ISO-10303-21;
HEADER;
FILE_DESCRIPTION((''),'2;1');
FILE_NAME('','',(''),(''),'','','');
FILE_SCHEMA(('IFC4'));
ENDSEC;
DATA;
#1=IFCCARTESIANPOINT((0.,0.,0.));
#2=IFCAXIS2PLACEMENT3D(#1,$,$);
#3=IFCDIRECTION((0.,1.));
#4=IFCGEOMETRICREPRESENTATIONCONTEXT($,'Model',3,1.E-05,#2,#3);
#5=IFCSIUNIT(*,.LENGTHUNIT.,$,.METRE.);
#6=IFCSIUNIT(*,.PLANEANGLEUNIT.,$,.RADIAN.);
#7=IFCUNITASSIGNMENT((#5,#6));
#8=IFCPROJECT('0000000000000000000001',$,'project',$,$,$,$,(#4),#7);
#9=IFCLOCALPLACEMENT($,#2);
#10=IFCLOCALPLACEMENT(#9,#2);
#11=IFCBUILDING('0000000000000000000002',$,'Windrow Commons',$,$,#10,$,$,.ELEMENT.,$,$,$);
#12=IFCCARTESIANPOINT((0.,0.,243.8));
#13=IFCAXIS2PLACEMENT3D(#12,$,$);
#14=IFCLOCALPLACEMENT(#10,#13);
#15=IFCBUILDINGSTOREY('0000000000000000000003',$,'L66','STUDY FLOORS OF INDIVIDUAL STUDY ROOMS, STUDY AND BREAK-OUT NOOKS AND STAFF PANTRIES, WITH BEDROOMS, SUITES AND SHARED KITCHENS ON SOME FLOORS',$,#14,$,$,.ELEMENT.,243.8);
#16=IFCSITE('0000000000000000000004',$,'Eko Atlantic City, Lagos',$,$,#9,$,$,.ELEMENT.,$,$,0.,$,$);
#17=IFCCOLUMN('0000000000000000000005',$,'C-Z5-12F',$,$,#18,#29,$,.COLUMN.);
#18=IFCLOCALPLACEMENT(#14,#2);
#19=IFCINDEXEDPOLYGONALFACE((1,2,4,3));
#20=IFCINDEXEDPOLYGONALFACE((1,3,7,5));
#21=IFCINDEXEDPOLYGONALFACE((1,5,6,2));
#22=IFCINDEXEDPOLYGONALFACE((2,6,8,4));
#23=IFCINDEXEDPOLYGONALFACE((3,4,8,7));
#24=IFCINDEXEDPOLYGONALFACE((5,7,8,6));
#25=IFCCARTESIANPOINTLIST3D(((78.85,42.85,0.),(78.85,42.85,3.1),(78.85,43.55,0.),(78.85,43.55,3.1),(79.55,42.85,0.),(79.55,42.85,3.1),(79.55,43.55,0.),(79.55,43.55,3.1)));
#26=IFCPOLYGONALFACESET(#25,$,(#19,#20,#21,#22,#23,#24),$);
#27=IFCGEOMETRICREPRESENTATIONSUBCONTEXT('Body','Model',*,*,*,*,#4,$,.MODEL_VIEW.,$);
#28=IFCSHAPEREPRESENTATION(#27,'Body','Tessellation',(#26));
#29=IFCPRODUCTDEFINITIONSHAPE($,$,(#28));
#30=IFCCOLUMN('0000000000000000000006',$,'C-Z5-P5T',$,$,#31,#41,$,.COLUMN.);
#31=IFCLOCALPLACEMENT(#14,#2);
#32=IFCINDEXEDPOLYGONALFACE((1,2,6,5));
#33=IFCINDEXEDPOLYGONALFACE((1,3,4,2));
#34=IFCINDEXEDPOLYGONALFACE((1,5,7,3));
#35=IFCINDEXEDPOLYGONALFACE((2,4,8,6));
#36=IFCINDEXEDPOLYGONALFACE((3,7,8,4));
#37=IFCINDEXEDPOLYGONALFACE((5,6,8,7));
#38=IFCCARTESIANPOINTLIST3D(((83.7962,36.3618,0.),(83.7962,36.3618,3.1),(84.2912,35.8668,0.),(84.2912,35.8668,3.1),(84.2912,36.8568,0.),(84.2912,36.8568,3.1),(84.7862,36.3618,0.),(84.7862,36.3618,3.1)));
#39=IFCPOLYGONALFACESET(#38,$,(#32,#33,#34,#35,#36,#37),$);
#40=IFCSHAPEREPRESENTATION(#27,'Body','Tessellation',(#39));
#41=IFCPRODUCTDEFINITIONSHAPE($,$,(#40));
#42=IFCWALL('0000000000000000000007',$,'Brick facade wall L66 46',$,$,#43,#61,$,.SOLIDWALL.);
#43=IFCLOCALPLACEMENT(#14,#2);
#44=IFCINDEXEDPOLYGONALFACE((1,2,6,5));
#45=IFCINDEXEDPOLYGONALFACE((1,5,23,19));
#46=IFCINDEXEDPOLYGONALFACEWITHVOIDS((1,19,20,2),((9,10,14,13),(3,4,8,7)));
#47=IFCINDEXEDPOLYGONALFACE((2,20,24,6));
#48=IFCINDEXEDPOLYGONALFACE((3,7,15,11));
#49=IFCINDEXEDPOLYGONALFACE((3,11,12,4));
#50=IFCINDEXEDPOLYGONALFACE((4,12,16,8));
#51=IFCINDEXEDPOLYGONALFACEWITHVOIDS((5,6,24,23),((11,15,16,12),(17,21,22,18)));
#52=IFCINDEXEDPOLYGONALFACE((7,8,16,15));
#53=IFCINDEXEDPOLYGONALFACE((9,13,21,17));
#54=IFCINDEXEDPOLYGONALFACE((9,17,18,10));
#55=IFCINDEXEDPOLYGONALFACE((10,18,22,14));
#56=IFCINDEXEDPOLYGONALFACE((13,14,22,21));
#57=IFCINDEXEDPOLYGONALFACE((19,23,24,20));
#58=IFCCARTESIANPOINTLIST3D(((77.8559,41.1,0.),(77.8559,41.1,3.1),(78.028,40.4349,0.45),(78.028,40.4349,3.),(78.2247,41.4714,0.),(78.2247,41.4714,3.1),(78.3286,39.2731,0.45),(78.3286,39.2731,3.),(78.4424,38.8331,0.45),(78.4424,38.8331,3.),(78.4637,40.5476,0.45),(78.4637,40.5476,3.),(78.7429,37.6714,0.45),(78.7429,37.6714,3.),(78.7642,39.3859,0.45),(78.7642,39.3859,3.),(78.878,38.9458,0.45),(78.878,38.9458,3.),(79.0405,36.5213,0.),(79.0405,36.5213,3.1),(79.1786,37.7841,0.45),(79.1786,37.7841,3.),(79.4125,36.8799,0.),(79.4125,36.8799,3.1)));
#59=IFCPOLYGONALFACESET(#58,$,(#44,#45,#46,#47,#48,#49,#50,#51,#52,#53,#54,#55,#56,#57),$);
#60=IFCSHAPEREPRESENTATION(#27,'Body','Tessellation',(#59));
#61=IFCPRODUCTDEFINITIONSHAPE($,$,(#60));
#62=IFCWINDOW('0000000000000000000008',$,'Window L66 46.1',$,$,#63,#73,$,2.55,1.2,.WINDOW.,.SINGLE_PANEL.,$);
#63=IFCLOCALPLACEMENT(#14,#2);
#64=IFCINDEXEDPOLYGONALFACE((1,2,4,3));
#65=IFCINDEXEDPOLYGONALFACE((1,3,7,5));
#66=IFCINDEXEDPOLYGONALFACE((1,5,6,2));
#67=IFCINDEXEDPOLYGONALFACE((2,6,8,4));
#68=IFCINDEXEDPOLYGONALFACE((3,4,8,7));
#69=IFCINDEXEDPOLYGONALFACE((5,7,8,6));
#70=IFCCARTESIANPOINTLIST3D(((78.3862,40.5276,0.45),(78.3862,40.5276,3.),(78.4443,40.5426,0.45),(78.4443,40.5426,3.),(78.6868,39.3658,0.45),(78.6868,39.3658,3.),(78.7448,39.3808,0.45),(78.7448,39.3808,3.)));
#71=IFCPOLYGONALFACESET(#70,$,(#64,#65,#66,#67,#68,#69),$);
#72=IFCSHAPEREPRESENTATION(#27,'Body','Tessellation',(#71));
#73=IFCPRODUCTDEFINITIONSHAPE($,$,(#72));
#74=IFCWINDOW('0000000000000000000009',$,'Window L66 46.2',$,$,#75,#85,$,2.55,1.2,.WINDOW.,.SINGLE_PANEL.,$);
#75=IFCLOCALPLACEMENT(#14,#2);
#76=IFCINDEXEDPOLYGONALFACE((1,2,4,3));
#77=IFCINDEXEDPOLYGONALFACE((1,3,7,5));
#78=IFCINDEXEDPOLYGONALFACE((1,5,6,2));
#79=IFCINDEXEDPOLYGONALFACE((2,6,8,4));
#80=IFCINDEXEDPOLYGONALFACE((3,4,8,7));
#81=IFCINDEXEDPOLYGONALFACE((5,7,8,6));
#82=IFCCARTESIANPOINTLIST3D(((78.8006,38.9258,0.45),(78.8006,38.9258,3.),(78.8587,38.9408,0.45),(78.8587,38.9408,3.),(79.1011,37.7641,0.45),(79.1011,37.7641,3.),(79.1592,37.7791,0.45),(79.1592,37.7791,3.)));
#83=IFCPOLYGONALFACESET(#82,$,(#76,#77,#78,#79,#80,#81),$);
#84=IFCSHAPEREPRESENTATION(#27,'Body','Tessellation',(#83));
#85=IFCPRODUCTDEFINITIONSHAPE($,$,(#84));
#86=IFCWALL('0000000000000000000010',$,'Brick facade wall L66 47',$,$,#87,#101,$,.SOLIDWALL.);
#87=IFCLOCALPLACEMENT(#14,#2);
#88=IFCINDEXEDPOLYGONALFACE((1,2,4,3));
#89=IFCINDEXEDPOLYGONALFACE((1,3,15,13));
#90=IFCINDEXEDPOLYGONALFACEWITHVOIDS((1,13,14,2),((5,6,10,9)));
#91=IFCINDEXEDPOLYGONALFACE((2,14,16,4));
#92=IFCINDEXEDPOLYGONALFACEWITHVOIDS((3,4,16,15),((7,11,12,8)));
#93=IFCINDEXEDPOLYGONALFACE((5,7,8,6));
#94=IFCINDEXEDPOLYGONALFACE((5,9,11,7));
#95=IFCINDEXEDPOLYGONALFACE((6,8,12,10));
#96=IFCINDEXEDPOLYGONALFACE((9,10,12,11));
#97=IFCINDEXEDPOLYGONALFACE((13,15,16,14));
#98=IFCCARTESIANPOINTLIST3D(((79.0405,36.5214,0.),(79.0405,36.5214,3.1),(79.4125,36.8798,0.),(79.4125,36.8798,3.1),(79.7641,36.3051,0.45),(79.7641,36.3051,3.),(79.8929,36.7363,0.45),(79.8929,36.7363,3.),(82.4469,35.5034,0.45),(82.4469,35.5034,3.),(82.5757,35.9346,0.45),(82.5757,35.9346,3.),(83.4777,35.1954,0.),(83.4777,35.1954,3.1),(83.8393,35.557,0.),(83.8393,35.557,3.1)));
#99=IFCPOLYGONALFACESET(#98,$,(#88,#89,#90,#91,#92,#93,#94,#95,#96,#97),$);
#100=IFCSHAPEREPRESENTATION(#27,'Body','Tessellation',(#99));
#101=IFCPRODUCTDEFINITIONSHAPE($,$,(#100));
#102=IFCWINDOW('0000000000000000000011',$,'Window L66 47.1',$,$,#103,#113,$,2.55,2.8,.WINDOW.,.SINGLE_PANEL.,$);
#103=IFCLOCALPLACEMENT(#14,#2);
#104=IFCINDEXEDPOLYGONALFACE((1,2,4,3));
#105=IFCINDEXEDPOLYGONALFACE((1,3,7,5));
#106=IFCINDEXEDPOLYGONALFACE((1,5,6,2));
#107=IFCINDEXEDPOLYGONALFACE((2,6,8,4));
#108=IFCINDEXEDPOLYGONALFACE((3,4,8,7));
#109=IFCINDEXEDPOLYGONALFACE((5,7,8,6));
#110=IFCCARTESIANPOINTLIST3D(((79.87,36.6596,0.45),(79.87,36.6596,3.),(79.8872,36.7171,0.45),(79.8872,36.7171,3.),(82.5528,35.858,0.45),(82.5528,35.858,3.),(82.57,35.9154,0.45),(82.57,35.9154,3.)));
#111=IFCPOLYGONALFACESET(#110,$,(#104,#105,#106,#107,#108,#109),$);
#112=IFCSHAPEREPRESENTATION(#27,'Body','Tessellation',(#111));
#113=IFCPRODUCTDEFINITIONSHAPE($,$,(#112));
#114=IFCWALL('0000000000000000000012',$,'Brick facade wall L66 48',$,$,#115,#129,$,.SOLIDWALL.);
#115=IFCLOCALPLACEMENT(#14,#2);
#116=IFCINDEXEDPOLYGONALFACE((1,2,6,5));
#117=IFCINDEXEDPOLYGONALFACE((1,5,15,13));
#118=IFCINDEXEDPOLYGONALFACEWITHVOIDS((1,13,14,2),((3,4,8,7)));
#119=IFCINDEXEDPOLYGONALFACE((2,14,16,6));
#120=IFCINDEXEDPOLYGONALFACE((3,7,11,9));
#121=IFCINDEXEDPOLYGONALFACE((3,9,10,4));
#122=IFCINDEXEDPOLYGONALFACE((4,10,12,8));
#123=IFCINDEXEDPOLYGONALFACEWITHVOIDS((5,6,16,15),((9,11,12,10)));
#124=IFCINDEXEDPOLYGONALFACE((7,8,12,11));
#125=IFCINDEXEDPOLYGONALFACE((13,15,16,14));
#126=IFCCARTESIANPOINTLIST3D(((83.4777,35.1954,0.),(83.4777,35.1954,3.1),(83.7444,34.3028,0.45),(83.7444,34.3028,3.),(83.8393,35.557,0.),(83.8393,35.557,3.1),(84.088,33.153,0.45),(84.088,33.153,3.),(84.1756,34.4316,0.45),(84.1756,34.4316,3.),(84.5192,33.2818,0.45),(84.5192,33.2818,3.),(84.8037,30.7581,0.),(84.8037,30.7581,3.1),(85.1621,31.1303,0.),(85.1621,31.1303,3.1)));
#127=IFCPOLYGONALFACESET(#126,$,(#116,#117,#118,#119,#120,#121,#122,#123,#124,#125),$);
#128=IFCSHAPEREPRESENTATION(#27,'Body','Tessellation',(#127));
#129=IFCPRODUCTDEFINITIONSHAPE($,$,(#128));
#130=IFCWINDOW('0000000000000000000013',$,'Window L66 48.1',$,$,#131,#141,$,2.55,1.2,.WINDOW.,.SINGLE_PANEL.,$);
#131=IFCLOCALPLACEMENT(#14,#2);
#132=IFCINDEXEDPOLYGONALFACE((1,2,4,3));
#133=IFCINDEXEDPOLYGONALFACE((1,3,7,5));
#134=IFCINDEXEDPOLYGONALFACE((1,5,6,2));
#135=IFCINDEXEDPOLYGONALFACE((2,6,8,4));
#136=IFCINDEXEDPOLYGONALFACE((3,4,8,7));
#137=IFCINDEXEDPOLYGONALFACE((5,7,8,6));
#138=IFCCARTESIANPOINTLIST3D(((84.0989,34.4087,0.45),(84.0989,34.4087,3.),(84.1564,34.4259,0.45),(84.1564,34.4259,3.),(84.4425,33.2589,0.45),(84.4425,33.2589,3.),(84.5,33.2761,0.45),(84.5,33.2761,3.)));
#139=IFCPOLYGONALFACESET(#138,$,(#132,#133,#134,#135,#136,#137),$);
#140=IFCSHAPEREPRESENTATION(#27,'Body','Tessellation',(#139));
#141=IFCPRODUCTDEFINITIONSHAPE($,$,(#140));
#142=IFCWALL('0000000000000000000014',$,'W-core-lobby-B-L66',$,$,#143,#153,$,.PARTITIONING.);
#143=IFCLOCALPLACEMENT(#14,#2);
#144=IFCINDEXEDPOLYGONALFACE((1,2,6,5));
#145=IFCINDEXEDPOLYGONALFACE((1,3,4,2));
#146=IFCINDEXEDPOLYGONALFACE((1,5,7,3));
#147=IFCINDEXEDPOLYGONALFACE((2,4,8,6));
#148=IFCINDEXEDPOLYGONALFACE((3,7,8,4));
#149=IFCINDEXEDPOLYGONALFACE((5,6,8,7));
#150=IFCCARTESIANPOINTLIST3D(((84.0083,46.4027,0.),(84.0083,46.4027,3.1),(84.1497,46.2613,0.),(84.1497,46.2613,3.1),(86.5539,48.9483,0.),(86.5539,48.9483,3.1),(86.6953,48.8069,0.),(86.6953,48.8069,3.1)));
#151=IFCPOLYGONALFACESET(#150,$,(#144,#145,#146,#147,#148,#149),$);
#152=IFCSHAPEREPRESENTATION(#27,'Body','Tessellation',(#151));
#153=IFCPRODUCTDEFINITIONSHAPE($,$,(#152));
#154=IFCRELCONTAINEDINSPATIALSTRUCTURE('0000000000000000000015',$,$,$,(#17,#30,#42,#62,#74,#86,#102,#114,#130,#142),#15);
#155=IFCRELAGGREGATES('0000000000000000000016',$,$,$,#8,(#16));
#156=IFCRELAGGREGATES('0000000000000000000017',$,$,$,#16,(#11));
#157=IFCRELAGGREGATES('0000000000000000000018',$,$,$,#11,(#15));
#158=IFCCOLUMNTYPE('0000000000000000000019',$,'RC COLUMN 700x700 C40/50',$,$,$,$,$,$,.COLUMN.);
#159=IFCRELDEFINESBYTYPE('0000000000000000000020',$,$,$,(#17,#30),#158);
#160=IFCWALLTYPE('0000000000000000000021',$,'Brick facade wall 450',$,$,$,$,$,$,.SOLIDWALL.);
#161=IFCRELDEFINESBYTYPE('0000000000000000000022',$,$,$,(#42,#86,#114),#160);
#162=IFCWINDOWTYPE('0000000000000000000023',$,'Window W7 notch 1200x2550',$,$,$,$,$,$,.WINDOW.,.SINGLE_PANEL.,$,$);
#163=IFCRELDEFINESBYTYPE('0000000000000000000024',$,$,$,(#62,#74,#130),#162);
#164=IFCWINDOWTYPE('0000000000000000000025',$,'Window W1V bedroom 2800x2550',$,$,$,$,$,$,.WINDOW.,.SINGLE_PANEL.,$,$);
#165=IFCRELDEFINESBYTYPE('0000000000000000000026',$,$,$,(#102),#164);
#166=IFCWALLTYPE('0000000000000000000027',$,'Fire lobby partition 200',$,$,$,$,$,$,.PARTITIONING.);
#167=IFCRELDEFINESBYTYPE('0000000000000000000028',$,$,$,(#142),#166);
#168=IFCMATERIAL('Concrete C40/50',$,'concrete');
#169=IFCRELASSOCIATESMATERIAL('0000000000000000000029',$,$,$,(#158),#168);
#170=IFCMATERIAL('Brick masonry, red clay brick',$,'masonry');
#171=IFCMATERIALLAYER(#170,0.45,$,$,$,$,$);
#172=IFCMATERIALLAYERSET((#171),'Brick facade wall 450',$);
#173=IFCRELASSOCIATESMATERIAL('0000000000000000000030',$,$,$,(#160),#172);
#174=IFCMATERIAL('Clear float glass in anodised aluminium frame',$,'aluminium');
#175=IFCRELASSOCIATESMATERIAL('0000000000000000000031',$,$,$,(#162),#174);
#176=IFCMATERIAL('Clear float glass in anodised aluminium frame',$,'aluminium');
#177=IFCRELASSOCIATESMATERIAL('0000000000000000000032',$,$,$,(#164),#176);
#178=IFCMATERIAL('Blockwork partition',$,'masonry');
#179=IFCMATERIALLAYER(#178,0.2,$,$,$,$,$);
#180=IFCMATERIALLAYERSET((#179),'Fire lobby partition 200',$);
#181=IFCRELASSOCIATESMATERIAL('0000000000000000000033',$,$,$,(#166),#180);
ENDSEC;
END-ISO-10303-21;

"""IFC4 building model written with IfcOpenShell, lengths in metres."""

from ifc_helpers import new_model, si_unit, direction, frame, frame_2d, origin, origin_2d, place, context, subcontext, project, spatial, polyline, rectangle, outline, extrude, material, layer, layer_set, material_profile, profile_set, type_object, element, fill, save


model = new_model("IFC4")

# Units and contexts
model_context = context("Model", 3, precision=1e-05, world=origin(), true_north=direction((0.0, 1.0)))
body_context = subcontext(model_context, "Body", "Model", "MODEL_VIEW")
ifc_project = project(units=[si_unit("LENGTHUNIT", "METRE"), si_unit("PLANEANGLEUNIT", "RADIAN")], contexts=[model_context])

# Site, building, storey
site_placement = place(None, origin())
site = spatial("IfcSite", under=ifc_project, at=site_placement, Name="Eko Atlantic City, Lagos", CompositionType="ELEMENT", RefElevation=0.0)
building_placement = place(site_placement, origin())
building = spatial("IfcBuilding", under=site, at=building_placement, Name="Windrow Commons", CompositionType="ELEMENT")
storey_placement = place(building_placement, frame((0.0, 0.0, 243.8)))
storey = spatial("IfcBuildingStorey", under=building, at=storey_placement, Name="L66", Description="STUDY FLOORS OF INDIVIDUAL STUDY ROOMS, STUDY AND BREAK-OUT NOOKS AND STAFF PANTRIES, WITH BEDROOMS, SUITES AND SHARED KITCHENS ON SOME FLOORS", CompositionType="ELEMENT", Elevation=243.8)

# Columns
ifc_material_1 = material(Name="Concrete C40/50", Category="concrete")
ifc_material_profile = material_profile(ifc_material_1, rectangle(XDim=0.7, YDim=0.7, at=origin_2d()))
ifc_profile_set = profile_set([ifc_material_profile], Name="Concrete C40/50")
column_type = type_object("IfcColumnType", Name="RC COLUMN 700x700 C40/50", PredefinedType="COLUMN", material=ifc_profile_set)
for number, where, z_axis, x_axis, name in (
    (1, (79.2, 43.2, 0.0), (0.0, 0.0, 1.0), (1.0, 0.0, 0.0), "C-Z5-12F"),
    (2, (84.2912, 36.3618, 0.0), (0.0, 0.0, 1.0), (0.707107, -0.707107, 0.0), "C-Z5-P5T"),
):
    element("IfcColumn", number, at=place(storey_placement, frame(where, z_axis=z_axis, x_axis=x_axis)), inside=storey, type_object=column_type, Name=name, PredefinedType="COLUMN", context=body_context, shape_type="SweptSolid", body=[
        extrude(rectangle(XDim=0.7, YDim=0.7, at=origin_2d()), origin(), (0.0, 0.0, 1.0), 3.1),
    ])

# Wall, openings, windows
ifc_material_2 = material(Name="Brick masonry, red clay brick", Category="masonry")
ifc_layer_1 = layer(ifc_material_2, 0.45)
ifc_layer_set_1 = layer_set([ifc_layer_1], Name="Brick facade wall 450")
wall_type_1 = type_object("IfcWallType", Name="Brick facade wall 450", PredefinedType="SOLIDWALL", material=ifc_layer_set_1)
wall_1_placement = place(storey_placement, frame((78.0403, 41.2857, 0.0), z_axis=(0.0, 0.0, 1.0), x_axis=(0.250462, -0.968127, 0.0)))
wall_1 = element("IfcWall", 3, at=wall_1_placement, inside=storey, type_object=wall_type_1, Name="Brick facade wall L66 46", PredefinedType="SOLIDWALL", context=body_context, shape_type="SweptSolid", body=[
    extrude(outline(polyline([(0.1336, -0.225), (4.863, -0.225), (4.6091, 0.225), (-0.1336, 0.225), (0.1336, -0.225)])), origin(), (0.0, 0.0, 1.0), 3.1),
])
opening_1_placement = place(wall_1_placement, frame((0.8206, 0.0, 0.45)))
opening_1 = element("IfcOpeningElement", 4, at=opening_1_placement, cuts=wall_1, PredefinedType="OPENING", context=body_context, shape_type="SweptSolid", body=[
    extrude(rectangle(XDim=1.2, YDim=2.55, at=frame_2d((0.6, 1.275))), frame((0.0, 0.235, 0.0), z_axis=(0.0, -1.0, 0.0), x_axis=(1.0, 0.0, 0.0)), (0.0, 0.0, 1.0), 0.47),
])
opening_2_placement = place(wall_1_placement, frame((2.4751, 0.0, 0.45)))
opening_2 = element("IfcOpeningElement", 5, at=opening_2_placement, cuts=wall_1, PredefinedType="OPENING", context=body_context, shape_type="SweptSolid", body=[
    extrude(rectangle(XDim=1.2, YDim=2.55, at=frame_2d((0.6, 1.275))), frame((0.0, 0.235, 0.0), z_axis=(0.0, -1.0, 0.0), x_axis=(1.0, 0.0, 0.0)), (0.0, 0.0, 1.0), 0.47),
])
ifc_material_3 = material(Name="Clear float glass in anodised aluminium frame", Category="aluminium")
window_type_1 = type_object("IfcWindowType", Name="Window W7 notch 1200x2550", PartitioningType="SINGLE_PANEL", PredefinedType="WINDOW", material=ifc_material_3)
window_1_placement = place(opening_1_placement, origin())
window_1 = element("IfcWindow", 6, at=window_1_placement, inside=storey, type_object=window_type_1, Name="Window L66 46.1", OverallHeight=2.55, OverallWidth=1.2, PartitioningType="SINGLE_PANEL", PredefinedType="WINDOW", context=body_context, shape_type="SweptSolid", body=[
    extrude(rectangle(XDim=1.2, YDim=2.55, at=frame_2d((0.6, 1.275))), frame((0.0, 0.205, 0.0), z_axis=(0.0, -1.0, 0.0), x_axis=(1.0, 0.0, 0.0)), (0.0, 0.0, 1.0), 0.06),
])
fill(opening_1, window_1)
window_2_placement = place(opening_2_placement, origin())
window_2 = element("IfcWindow", 7, at=window_2_placement, inside=storey, type_object=window_type_1, Name="Window L66 46.2", OverallHeight=2.55, OverallWidth=1.2, PartitioningType="SINGLE_PANEL", PredefinedType="WINDOW", context=body_context, shape_type="SweptSolid", body=[
    extrude(rectangle(XDim=1.2, YDim=2.55, at=frame_2d((0.6, 1.275))), frame((0.0, 0.205, 0.0), z_axis=(0.0, -1.0, 0.0), x_axis=(1.0, 0.0, 0.0)), (0.0, 0.0, 1.0), 0.06),
])
fill(opening_2, window_2)

# Walls, openings, windows
wall_2_placement = place(storey_placement, frame((79.2265, 36.7006, 0.0), z_axis=(0.0, 0.0, 1.0), x_axis=(0.958135, -0.286316, 0.0)))
wall_2 = element("IfcWall", 8, at=wall_2_placement, inside=storey, type_object=wall_type_1, Name="Brick facade wall L66 47", PredefinedType="SOLIDWALL", context=body_context, shape_type="SweptSolid", body=[
    extrude(outline(polyline([(-0.1269, -0.225), (4.5042, -0.225), (4.7471, 0.225), (0.1269, 0.225), (-0.1269, -0.225)])), origin(), (0.0, 0.0, 1.0), 3.1),
])
opening_3_placement = place(wall_2_placement, frame((0.6283, 0.0, 0.45)))
opening_3 = element("IfcOpeningElement", 9, at=opening_3_placement, cuts=wall_2, PredefinedType="OPENING", context=body_context, shape_type="SweptSolid", body=[
    extrude(rectangle(XDim=2.8, YDim=2.55, at=frame_2d((1.4, 1.275))), frame((0.0, 0.235, 0.0), z_axis=(0.0, -1.0, 0.0), x_axis=(1.0, 0.0, 0.0)), (0.0, 0.0, 1.0), 0.47),
])
ifc_material_4 = material(Name="Clear float glass in anodised aluminium frame", Category="aluminium")
window_type_2 = type_object("IfcWindowType", Name="Window W1V bedroom 2800x2550", PartitioningType="SINGLE_PANEL", PredefinedType="WINDOW", material=ifc_material_4)
window_3_placement = place(opening_3_placement, origin())
window_3 = element("IfcWindow", 10, at=window_3_placement, inside=storey, type_object=window_type_2, Name="Window L66 47.1", OverallHeight=2.55, OverallWidth=2.8, PartitioningType="SINGLE_PANEL", PredefinedType="WINDOW", context=body_context, shape_type="SweptSolid", body=[
    extrude(rectangle(XDim=2.8, YDim=2.55, at=frame_2d((1.4, 1.275))), frame((0.0, 0.205, 0.0), z_axis=(0.0, -1.0, 0.0), x_axis=(1.0, 0.0, 0.0)), (0.0, 0.0, 1.0), 0.06),
])
fill(opening_3, window_3)
wall_3_placement = place(storey_placement, frame((83.6585, 35.3762, 0.0), z_axis=(0.0, 0.0, 1.0), x_axis=(0.286316, -0.958135, 0.0)))
wall_3 = element("IfcWall", 11, at=wall_3_placement, inside=storey, type_object=wall_type_1, Name="Brick facade wall L66 48", PredefinedType="SOLIDWALL", context=body_context, shape_type="SweptSolid", body=[
    extrude(outline(polyline([(0.1215, -0.225), (4.7526, -0.225), (4.4987, 0.225), (-0.1215, 0.225), (0.1215, -0.225)])), origin(), (0.0, 0.0, 1.0), 3.1),
])
opening_4_placement = place(wall_3_placement, frame((1.0531, 0.0, 0.45)))
opening_4 = element("IfcOpeningElement", 12, at=opening_4_placement, cuts=wall_3, PredefinedType="OPENING", context=body_context, shape_type="SweptSolid", body=[
    extrude(rectangle(XDim=1.2, YDim=2.55, at=frame_2d((0.6, 1.275))), frame((0.0, 0.235, 0.0), z_axis=(0.0, -1.0, 0.0), x_axis=(1.0, 0.0, 0.0)), (0.0, 0.0, 1.0), 0.47),
])
window_4_placement = place(opening_4_placement, origin())
window_4 = element("IfcWindow", 13, at=window_4_placement, inside=storey, type_object=window_type_1, Name="Window L66 48.1", OverallHeight=2.55, OverallWidth=1.2, PartitioningType="SINGLE_PANEL", PredefinedType="WINDOW", context=body_context, shape_type="SweptSolid", body=[
    extrude(rectangle(XDim=1.2, YDim=2.55, at=frame_2d((0.6, 1.275))), frame((0.0, 0.205, 0.0), z_axis=(0.0, -1.0, 0.0), x_axis=(1.0, 0.0, 0.0)), (0.0, 0.0, 1.0), 0.06),
])
fill(opening_4, window_4)

# Wall
ifc_material_5 = material(Name="Blockwork partition", Category="masonry")
ifc_layer_2 = layer(ifc_material_5, 0.2)
ifc_layer_set_2 = layer_set([ifc_layer_2], Name="Fire lobby partition 200")
wall_type_2 = type_object("IfcWallType", Name="Fire lobby partition 200", PredefinedType="PARTITIONING", material=ifc_layer_set_2)
wall_4_placement = place(storey_placement, frame((84.079, 46.332, 0.0), z_axis=(0.0, 0.0, 1.0), x_axis=(0.707107, 0.707107, 0.0)))
element("IfcWall", 14, at=wall_4_placement, inside=storey, type_object=wall_type_2, Name="W-core-lobby-B-L66", PredefinedType="PARTITIONING", context=body_context, shape_type="SweptSolid", body=[
    extrude(rectangle(XDim=3.6, YDim=0.2, at=frame_2d((1.8, 0.0))), origin(), (0.0, 0.0, 1.0), 3.1),
])

save(model, "model.ifc")
